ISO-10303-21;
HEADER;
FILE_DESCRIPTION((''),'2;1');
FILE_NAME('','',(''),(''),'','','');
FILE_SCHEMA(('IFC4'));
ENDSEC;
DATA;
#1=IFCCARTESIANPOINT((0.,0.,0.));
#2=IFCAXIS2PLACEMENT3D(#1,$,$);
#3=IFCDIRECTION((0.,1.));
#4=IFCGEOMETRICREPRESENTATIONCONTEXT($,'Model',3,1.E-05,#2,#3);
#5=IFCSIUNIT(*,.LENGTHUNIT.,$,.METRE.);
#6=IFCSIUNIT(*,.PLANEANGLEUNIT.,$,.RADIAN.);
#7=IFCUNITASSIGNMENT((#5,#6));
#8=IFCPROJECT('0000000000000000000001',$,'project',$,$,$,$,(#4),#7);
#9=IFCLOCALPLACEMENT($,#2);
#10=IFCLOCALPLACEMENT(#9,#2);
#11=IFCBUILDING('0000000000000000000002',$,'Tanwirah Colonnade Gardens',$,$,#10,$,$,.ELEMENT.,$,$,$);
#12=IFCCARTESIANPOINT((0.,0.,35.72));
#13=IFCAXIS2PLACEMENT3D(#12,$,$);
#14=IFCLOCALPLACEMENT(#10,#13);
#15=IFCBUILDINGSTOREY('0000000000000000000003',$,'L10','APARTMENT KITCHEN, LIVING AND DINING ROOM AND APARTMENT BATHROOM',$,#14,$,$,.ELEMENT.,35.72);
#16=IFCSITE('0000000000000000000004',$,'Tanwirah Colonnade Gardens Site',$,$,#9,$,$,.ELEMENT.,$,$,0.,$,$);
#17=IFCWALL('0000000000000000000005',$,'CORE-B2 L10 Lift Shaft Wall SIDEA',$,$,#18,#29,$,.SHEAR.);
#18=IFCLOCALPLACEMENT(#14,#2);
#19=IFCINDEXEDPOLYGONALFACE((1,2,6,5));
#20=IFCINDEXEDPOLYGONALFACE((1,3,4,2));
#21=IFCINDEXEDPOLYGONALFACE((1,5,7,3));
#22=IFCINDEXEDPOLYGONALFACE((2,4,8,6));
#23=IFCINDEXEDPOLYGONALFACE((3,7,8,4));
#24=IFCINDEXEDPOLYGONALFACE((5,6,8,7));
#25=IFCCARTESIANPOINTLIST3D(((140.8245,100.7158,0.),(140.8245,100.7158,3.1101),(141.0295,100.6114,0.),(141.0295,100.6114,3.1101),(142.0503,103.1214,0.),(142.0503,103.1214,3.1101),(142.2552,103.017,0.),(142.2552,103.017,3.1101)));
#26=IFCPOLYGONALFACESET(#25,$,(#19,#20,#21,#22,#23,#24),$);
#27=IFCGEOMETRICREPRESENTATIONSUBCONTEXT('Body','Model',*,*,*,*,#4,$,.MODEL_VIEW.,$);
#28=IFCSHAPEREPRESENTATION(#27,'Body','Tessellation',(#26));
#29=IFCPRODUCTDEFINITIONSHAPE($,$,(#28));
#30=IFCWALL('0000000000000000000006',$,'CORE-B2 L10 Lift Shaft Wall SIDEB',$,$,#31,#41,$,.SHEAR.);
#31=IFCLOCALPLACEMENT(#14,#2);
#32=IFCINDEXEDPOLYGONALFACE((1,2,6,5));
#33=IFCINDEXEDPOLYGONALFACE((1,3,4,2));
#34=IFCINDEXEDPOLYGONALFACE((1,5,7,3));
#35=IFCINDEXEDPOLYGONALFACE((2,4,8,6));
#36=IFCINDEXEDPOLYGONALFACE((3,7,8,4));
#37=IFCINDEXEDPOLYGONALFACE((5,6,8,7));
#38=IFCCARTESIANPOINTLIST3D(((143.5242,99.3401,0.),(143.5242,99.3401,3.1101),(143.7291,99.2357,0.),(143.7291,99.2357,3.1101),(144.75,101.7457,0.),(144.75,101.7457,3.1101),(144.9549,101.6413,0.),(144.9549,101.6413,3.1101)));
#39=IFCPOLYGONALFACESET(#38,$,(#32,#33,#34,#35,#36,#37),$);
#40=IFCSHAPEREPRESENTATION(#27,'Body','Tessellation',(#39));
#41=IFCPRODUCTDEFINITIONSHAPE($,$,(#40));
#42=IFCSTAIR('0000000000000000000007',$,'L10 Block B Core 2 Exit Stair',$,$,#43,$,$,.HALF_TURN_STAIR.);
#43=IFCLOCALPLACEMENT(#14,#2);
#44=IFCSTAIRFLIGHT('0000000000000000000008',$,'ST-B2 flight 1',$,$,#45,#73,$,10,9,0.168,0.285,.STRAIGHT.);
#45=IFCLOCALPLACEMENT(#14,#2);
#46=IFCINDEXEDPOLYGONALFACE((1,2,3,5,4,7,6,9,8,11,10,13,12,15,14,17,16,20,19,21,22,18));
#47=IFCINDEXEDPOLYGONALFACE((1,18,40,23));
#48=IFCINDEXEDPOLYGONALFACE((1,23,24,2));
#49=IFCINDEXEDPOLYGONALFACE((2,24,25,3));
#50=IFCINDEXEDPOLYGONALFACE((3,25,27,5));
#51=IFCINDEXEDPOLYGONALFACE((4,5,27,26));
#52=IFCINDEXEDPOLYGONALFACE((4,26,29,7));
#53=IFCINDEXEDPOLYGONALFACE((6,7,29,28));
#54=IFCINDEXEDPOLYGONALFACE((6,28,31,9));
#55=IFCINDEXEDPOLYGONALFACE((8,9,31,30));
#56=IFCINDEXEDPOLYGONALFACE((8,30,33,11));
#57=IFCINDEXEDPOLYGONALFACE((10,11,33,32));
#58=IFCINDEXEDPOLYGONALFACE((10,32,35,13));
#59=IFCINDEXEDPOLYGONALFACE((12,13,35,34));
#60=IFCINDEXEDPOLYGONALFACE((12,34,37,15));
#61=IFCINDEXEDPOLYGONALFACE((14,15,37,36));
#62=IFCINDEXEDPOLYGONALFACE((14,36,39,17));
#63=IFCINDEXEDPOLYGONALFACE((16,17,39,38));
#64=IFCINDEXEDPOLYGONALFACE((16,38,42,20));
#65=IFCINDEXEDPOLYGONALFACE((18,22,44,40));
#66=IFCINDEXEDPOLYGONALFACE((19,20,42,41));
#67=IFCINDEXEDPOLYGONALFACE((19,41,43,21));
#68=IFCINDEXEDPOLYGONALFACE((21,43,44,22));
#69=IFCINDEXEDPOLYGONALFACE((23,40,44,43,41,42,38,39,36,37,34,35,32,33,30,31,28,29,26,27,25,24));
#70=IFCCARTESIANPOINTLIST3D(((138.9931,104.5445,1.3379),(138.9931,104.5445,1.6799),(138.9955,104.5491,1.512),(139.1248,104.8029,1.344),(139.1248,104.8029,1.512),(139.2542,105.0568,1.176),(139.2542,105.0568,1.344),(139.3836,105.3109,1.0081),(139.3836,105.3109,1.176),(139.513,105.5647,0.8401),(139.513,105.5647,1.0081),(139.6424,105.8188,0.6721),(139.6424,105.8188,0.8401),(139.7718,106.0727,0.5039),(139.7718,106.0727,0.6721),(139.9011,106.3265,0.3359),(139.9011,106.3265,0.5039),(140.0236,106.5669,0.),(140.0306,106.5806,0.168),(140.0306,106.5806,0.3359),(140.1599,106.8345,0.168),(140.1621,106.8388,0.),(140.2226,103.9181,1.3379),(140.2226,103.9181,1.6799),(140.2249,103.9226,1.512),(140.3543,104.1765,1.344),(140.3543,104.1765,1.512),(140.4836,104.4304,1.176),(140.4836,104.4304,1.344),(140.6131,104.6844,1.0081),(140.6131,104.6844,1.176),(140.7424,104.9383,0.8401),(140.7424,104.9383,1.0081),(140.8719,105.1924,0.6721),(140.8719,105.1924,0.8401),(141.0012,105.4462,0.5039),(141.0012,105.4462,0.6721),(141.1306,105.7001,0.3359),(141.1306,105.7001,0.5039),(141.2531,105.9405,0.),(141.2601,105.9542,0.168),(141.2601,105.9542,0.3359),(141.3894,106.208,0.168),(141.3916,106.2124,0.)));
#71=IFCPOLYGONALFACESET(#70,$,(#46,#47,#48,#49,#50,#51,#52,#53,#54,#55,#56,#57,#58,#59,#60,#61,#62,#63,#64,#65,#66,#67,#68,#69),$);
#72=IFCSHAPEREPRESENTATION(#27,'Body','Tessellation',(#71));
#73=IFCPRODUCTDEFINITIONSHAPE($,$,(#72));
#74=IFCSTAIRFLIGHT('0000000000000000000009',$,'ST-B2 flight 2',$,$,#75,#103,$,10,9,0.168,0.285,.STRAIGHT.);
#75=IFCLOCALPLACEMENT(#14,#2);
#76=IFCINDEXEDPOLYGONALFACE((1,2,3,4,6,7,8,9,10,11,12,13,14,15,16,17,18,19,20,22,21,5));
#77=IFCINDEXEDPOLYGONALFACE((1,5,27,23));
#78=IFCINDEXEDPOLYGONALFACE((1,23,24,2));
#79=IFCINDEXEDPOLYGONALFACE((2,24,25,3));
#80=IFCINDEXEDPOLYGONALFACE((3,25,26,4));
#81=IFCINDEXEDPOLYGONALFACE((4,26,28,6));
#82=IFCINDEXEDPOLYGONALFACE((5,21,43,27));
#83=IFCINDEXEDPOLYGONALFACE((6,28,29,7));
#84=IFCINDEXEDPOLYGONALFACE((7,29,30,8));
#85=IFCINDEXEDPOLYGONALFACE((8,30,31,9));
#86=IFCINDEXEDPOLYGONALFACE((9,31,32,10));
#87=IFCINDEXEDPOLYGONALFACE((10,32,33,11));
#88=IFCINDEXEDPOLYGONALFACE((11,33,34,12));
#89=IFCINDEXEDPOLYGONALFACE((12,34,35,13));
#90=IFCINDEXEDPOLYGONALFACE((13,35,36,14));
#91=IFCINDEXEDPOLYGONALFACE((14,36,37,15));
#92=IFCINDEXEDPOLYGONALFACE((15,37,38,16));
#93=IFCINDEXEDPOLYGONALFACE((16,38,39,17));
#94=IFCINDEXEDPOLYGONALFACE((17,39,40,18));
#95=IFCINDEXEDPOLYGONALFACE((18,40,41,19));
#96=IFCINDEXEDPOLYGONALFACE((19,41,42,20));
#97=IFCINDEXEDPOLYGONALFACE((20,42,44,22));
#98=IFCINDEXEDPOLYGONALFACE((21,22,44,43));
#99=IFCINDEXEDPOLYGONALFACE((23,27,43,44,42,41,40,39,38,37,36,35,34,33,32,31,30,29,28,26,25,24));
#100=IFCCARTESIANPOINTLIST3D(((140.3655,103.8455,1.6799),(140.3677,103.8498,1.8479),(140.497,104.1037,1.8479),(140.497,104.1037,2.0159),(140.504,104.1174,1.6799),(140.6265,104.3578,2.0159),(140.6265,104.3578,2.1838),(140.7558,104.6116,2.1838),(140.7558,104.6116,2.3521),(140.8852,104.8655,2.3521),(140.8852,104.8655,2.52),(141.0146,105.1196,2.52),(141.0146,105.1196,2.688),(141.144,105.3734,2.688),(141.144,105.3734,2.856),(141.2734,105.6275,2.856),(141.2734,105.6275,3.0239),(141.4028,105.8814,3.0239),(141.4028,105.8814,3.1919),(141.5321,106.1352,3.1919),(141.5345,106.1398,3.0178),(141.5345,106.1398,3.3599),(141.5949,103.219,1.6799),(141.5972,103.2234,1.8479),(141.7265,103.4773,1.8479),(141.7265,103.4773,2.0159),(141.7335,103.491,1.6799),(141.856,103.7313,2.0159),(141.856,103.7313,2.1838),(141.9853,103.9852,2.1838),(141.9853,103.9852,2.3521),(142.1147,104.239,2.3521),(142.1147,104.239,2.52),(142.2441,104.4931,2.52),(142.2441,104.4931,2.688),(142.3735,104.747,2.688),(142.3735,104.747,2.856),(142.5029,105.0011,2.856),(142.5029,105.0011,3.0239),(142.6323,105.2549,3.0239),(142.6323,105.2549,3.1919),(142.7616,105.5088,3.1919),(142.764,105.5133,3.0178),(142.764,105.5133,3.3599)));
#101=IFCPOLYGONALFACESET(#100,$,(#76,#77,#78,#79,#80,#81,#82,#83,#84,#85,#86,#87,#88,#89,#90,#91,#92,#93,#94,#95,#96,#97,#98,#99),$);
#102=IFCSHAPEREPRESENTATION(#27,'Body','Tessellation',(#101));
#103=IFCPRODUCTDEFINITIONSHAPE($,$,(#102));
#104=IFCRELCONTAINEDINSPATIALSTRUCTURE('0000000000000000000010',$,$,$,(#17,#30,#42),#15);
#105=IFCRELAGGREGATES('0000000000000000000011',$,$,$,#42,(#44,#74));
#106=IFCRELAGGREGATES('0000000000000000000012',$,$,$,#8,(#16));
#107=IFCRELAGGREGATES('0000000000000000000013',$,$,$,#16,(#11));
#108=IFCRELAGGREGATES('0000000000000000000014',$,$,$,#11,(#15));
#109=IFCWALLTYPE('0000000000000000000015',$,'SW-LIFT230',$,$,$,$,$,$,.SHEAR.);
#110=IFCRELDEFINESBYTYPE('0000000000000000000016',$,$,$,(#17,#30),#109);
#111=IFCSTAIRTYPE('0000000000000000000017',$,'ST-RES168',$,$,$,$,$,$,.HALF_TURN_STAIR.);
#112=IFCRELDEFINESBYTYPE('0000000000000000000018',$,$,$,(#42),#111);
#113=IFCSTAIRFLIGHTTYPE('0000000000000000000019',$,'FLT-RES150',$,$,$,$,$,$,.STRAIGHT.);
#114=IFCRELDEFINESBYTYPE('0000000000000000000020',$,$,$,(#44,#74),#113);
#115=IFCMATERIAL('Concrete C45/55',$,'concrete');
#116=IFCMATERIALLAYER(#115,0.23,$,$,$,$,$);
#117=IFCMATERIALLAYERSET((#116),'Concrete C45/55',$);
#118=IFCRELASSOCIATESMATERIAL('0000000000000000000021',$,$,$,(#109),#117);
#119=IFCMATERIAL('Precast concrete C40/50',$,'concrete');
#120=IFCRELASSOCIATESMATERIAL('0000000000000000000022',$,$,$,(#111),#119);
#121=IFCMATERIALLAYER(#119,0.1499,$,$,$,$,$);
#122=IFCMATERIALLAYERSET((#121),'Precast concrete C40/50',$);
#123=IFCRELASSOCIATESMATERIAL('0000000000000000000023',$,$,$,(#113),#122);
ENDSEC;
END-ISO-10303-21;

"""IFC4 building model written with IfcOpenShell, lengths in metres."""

from ifc_helpers import new_model, si_unit, direction, frame, frame_2d, origin, place, context, subcontext, project, spatial, polyline, rectangle, outline, extrude, material, layer, layer_set, type_object, element, aggregate, save


model = new_model("IFC4")

# Units and contexts
model_context = context("Model", 3, precision=1e-05, world=origin(), true_north=direction((0.0, 1.0)))
body_context = subcontext(model_context, "Body", "Model", "MODEL_VIEW")
ifc_project = project(units=[si_unit("LENGTHUNIT", "METRE"), si_unit("PLANEANGLEUNIT", "RADIAN")], contexts=[model_context])

# Site, building, storey
site_placement = place(None, origin())
site = spatial("IfcSite", under=ifc_project, at=site_placement, Name="Tanwirah Colonnade Gardens Site", CompositionType="ELEMENT", RefElevation=0.0)
building_placement = place(site_placement, origin())
building = spatial("IfcBuilding", under=site, at=building_placement, Name="Tanwirah Colonnade Gardens", CompositionType="ELEMENT")
storey_placement = place(building_placement, frame((0.0, 0.0, 35.72)))
storey = spatial("IfcBuildingStorey", under=building, at=storey_placement, Name="L10", Description="APARTMENT KITCHEN, LIVING AND DINING ROOM AND APARTMENT BATHROOM", CompositionType="ELEMENT", Elevation=35.72)

# Shared definitions
ifc_material_1 = material(Name="Precast concrete C40/50", Category="concrete")

# Shared definitions
ifc_material_2 = material(Name="Concrete C45/55", Category="concrete")

# Shared definitions
ifc_layer_1 = layer(ifc_material_2, 0.23)
ifc_layer_set_1 = layer_set([ifc_layer_1], Name="Concrete C45/55")
wall_type_1 = type_object("IfcWallType", Name="SW-LIFT230", PredefinedType="SHEAR", material=ifc_layer_set_1)

# Walls
for number, where, z_axis, x_axis, name in (
    (1, (142.1528, 103.0693, 0.0), (0.0, 0.0, 1.0), (-0.454, -0.891002, 0.0), "CORE-B2 L10 Lift Shaft Wall SIDEA"),
    (2, (144.8525, 101.6936, 0.0), (0.0, 0.0, 1.0), (-0.454037, -0.890983, 0.0), "CORE-B2 L10 Lift Shaft Wall SIDEB"),
):
    element("IfcWall", number, at=place(storey_placement, frame(where, z_axis=z_axis, x_axis=x_axis)), inside=storey, type_object=wall_type_1, Name=name, PredefinedType="SHEAR", context=body_context, shape_type="SweptSolid", body=[
        extrude(rectangle(XDim=2.7, YDim=0.23, at=frame_2d((1.3501, 0.0))), origin(), (0.0, 0.0, 1.0), 3.1101),
    ])

# Stair, stair flights
stair_type = type_object("IfcStairType", Name="ST-RES168", PredefinedType="HALF_TURN_STAIR", material=ifc_material_1)
stair_placement = place(storey_placement, origin())
stair = element("IfcStair", 3, at=stair_placement, inside=storey, type_object=stair_type, Name="L10 Block B Core 2 Exit Stair", PredefinedType="HALF_TURN_STAIR")
ifc_layer_2 = layer(ifc_material_1, 0.1499)
ifc_layer_set_2 = layer_set([ifc_layer_2], Name="Precast concrete C40/50")
stair_flight_type = type_object("IfcStairFlightType", Name="FLT-RES150", PredefinedType="STRAIGHT", material=ifc_layer_set_2)
stair_flight_1_placement = place(storey_placement, frame((140.7747, 106.5212, 0.0), z_axis=(0.0, 0.0, 1.0), x_axis=(-0.45399, -0.891007, 0.0)))
stair_flight_1 = element("IfcStairFlight", 4, at=stair_flight_1_placement, type_object=stair_flight_type, Name="ST-B2 flight 1", NumberOfRisers=10, NumberOfTreads=9, PredefinedType="STRAIGHT", RiserHeight=0.168, TreadLength=0.285, context=body_context, shape_type="SweptSolid", body=[
    extrude(outline(polyline([(-0.0049, 0.0), (0.0, 0.168), (0.2849, 0.168), (0.2849, 0.3359), (0.5701, 0.3359), (0.5701, 0.5039), (0.855, 0.5039), (0.855, 0.6721), (1.1399, 0.6721), (1.1399, 0.8401), (1.425, 0.8401), (1.425, 1.0081), (1.71, 1.0081), (1.71, 1.176), (1.9951, 1.176), (1.9951, 1.344), (2.28, 1.344), (2.28, 1.512), (2.5649, 1.512), (2.5701, 1.6799), (2.5701, 1.3379), (0.3003, 0.0), (-0.0049, 0.0)])), frame((0.0, 0.6899, 0.0), z_axis=(0.0, -1.0, 0.0), x_axis=(1.0, 0.0, 0.0)), (0.0, 0.0, 1.0), 1.3799),
])
stair_flight_2_placement = place(storey_placement, frame((140.9824, 103.5366, 1.6799), z_axis=(0.0, 0.0, 1.0), x_axis=(0.45399, 0.891007, 0.0)))
stair_flight_2 = element("IfcStairFlight", 5, at=stair_flight_2_placement, type_object=stair_flight_type, Name="ST-B2 flight 2", NumberOfRisers=10, NumberOfTreads=9, PredefinedType="STRAIGHT", RiserHeight=0.168, TreadLength=0.285, context=body_context, shape_type="SweptSolid", body=[
    extrude(outline(polyline([(-0.0049, 0.0), (0.0, 0.168), (0.2849, 0.168), (0.2849, 0.3359), (0.5701, 0.3359), (0.5701, 0.5039), (0.855, 0.5039), (0.855, 0.6721), (1.1399, 0.6721), (1.1399, 0.8401), (1.425, 0.8401), (1.425, 1.0081), (1.71, 1.0081), (1.71, 1.176), (1.9951, 1.176), (1.9951, 1.344), (2.28, 1.344), (2.28, 1.512), (2.5649, 1.512), (2.5701, 1.6799), (2.5701, 1.3379), (0.3003, 0.0), (-0.0049, 0.0)])), frame((0.0, 0.6899, 0.0), z_axis=(0.0, -1.0, 0.0), x_axis=(1.0, 0.0, 0.0)), (0.0, 0.0, 1.0), 1.3799),
])
aggregate(stair, [stair_flight_1, stair_flight_2])

save(model, "model.ifc")
